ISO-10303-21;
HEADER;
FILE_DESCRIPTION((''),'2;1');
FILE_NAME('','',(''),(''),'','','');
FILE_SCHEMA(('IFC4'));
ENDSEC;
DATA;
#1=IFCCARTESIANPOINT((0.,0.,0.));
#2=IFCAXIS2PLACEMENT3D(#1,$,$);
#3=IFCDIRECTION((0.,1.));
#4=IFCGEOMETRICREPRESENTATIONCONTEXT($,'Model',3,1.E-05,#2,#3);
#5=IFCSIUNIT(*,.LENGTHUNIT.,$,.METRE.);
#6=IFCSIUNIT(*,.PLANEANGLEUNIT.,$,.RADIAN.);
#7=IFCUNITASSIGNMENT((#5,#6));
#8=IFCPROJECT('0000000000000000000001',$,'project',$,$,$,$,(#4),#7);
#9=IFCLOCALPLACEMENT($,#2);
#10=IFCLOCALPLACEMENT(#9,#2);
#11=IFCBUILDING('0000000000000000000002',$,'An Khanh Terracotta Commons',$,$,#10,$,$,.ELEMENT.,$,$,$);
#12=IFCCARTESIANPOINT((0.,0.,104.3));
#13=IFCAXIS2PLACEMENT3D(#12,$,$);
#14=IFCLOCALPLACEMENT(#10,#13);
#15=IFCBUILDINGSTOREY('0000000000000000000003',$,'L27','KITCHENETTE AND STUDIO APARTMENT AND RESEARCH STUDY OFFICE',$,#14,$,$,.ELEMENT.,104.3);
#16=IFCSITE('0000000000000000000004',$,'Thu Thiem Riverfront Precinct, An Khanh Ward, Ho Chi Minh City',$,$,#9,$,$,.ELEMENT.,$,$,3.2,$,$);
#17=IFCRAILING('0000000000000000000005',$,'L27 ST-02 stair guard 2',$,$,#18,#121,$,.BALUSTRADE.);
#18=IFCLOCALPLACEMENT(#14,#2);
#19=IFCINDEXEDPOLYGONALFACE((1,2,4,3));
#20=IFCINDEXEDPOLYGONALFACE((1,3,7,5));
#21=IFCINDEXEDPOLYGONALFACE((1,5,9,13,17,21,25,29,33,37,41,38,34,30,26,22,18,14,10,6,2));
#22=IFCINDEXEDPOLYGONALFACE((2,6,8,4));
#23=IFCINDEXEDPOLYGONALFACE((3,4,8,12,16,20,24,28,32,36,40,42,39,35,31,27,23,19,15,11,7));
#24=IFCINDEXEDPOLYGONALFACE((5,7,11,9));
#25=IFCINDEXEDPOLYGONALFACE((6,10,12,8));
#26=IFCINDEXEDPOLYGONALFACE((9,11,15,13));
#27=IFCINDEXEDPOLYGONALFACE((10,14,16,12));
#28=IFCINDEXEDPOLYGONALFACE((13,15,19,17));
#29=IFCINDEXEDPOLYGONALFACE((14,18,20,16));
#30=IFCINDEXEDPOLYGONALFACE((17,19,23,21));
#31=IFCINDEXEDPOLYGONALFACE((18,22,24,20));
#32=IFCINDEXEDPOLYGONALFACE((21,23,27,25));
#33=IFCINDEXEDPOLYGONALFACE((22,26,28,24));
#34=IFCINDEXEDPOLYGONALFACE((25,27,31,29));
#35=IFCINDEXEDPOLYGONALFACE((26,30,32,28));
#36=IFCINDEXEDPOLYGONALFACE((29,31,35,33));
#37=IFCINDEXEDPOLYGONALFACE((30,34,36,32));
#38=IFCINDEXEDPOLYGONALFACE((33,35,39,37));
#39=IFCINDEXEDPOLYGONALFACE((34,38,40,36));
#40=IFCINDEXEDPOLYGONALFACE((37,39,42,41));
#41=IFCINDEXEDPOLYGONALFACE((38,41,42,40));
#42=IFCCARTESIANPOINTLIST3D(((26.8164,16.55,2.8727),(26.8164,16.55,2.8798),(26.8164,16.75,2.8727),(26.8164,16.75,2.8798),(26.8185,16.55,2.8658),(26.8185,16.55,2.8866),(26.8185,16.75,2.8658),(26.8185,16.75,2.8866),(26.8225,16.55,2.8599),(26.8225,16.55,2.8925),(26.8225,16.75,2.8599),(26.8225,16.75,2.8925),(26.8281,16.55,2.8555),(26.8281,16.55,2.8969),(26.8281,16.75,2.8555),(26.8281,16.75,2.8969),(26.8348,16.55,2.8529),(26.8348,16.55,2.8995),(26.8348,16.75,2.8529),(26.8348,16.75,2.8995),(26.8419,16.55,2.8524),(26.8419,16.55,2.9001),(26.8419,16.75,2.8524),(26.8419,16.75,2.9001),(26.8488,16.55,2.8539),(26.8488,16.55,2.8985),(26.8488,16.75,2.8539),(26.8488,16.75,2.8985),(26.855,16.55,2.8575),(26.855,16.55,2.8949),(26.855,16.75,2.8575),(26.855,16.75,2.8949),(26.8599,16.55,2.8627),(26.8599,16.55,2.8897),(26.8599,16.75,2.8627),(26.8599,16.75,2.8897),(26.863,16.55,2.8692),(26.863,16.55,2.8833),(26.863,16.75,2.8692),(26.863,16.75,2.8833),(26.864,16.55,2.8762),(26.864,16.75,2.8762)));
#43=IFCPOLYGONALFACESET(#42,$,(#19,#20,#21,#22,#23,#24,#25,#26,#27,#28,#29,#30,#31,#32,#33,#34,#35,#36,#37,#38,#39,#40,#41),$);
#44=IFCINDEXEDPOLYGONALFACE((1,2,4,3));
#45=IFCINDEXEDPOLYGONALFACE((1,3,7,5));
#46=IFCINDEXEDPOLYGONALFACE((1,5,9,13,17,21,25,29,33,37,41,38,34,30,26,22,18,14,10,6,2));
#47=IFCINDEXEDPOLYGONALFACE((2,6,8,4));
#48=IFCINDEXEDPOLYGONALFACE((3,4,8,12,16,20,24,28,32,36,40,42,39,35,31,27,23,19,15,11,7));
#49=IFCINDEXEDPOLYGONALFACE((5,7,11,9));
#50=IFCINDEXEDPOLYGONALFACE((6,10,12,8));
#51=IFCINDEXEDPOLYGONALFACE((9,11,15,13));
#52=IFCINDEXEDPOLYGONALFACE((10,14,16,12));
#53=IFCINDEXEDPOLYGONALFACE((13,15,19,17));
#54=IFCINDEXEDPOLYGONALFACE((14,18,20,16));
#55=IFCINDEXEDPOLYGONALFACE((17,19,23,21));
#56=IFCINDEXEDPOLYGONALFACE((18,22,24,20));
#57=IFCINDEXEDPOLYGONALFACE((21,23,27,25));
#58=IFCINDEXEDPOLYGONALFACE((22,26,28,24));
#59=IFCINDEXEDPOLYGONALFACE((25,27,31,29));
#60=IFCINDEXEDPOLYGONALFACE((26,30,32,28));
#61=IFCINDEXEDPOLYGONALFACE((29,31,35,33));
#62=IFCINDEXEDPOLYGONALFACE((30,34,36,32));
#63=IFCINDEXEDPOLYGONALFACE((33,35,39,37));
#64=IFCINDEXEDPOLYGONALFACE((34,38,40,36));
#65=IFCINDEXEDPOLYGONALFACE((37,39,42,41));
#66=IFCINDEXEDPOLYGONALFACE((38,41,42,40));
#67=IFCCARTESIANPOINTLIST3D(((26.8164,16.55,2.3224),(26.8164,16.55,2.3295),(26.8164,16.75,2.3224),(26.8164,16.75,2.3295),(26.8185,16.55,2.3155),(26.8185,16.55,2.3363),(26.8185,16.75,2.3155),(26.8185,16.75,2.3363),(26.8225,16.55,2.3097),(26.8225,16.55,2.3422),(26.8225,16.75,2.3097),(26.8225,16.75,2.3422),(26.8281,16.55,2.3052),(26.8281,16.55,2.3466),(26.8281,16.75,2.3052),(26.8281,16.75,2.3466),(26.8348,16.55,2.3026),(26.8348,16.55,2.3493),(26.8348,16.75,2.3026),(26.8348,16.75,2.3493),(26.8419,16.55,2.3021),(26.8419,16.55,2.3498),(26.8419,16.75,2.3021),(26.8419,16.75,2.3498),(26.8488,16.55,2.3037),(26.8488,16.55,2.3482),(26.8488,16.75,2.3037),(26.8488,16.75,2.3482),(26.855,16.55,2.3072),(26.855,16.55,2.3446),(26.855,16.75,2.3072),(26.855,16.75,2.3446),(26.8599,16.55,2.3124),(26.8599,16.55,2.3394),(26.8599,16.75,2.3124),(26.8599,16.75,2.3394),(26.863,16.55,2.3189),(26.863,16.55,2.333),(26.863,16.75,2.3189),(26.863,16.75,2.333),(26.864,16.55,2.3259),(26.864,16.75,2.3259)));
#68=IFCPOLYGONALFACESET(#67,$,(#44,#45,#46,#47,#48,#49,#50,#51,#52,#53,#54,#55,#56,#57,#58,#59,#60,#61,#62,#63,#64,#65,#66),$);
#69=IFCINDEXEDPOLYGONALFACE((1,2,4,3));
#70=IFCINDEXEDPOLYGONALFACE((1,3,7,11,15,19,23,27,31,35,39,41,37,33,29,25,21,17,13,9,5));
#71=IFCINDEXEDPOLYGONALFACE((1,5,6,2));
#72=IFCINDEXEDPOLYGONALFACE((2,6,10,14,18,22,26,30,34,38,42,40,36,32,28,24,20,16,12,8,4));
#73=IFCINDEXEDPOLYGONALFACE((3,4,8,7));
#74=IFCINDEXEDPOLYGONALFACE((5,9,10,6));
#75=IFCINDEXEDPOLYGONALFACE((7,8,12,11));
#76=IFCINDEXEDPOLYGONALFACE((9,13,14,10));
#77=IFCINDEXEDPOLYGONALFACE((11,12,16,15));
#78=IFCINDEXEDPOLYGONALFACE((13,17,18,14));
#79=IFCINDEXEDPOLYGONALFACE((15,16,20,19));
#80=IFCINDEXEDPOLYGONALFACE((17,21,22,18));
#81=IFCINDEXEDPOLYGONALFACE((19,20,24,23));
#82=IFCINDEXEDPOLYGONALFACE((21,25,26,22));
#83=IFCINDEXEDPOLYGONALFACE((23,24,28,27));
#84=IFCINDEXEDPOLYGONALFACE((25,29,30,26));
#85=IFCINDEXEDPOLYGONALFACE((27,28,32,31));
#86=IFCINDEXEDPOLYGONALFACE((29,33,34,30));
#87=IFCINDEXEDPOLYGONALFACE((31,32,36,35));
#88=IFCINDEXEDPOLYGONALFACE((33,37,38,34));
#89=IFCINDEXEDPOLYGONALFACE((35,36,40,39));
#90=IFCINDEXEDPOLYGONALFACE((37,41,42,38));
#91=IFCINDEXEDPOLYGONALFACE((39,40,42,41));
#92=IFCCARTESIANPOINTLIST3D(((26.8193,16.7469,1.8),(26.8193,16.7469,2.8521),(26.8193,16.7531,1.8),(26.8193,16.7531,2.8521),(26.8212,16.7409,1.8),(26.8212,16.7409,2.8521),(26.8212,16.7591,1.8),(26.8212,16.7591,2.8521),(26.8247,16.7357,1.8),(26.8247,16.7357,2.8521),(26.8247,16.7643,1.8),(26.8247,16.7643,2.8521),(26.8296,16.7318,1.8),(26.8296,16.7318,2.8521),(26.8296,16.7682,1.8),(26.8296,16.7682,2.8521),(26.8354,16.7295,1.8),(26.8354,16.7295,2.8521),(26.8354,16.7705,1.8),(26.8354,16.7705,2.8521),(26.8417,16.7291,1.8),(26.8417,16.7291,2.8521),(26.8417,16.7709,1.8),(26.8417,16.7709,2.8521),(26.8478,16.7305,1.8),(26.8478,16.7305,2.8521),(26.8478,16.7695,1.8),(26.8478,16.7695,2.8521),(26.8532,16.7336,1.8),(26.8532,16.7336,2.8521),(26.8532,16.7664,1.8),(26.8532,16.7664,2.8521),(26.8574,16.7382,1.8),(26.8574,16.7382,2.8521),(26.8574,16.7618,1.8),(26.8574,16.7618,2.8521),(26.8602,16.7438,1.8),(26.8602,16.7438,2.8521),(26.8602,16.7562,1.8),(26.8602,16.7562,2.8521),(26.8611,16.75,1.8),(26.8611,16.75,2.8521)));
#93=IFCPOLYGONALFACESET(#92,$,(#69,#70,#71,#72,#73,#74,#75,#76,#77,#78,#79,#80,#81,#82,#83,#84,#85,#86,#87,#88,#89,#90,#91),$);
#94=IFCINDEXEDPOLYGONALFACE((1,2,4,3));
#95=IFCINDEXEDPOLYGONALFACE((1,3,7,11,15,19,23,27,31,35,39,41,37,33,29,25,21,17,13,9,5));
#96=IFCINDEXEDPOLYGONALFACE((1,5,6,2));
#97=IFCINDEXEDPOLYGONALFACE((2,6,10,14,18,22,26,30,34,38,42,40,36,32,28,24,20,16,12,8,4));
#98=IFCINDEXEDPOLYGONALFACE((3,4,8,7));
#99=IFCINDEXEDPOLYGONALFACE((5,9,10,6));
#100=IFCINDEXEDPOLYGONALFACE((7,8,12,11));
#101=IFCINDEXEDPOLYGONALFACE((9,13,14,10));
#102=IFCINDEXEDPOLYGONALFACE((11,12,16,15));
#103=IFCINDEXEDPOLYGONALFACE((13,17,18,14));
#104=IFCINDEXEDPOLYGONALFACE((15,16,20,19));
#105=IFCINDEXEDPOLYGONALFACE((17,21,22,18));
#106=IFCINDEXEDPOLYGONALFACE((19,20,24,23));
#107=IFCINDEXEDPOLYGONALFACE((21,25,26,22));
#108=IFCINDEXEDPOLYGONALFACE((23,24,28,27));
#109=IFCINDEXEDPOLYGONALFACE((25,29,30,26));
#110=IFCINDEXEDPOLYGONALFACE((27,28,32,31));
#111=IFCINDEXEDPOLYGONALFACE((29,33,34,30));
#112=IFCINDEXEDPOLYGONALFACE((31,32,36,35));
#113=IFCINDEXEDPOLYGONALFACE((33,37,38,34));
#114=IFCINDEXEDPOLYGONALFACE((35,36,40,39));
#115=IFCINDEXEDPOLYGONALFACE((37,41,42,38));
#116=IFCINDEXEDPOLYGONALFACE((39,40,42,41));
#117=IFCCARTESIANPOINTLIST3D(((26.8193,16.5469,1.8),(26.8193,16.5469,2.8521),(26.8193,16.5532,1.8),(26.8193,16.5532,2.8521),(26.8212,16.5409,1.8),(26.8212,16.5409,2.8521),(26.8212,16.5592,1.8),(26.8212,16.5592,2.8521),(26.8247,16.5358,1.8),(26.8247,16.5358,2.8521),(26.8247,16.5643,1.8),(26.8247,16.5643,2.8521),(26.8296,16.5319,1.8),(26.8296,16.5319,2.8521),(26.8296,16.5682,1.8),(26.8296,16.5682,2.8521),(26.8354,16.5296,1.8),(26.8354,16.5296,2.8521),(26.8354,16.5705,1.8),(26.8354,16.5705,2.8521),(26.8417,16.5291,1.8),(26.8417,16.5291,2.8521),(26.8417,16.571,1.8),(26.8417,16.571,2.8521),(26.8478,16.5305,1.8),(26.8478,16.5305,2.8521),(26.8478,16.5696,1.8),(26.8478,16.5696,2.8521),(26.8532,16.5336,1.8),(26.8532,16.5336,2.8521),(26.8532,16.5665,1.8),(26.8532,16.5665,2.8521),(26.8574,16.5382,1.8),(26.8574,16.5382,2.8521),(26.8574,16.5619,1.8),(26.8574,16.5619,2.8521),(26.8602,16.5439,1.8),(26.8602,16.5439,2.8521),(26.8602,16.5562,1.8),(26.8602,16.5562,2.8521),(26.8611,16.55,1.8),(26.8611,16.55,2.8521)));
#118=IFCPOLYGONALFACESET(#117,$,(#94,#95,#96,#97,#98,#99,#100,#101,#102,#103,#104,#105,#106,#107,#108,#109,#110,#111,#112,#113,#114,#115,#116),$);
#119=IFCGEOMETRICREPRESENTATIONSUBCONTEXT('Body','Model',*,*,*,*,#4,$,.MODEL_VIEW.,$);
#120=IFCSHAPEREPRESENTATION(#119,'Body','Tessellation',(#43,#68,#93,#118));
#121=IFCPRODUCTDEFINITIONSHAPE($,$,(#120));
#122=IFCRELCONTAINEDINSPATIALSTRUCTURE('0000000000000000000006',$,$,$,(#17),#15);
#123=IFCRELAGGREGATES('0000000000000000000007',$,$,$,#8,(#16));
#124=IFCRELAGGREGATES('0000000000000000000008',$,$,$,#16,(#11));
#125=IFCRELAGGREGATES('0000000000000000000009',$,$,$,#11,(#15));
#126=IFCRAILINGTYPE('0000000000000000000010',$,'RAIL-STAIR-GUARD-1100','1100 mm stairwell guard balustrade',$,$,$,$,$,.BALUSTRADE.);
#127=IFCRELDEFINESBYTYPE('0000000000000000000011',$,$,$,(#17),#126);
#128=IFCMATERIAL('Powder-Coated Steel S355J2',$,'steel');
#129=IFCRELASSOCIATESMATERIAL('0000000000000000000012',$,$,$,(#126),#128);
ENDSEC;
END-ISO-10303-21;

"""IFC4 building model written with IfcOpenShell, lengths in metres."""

from ifc_helpers import new_model, si_unit, direction, frame, origin, origin_2d, place, context, subcontext, project, spatial, circle, extrude, material, type_object, element, save


model = new_model("IFC4")

# Units and contexts
model_context = context("Model", 3, precision=1e-05, world=origin(), true_north=direction((0.0, 1.0)))
body_context = subcontext(model_context, "Body", "Model", "MODEL_VIEW")
ifc_project = project(units=[si_unit("LENGTHUNIT", "METRE"), si_unit("PLANEANGLEUNIT", "RADIAN")], contexts=[model_context])

# Site, building, storey
site_placement = place(None, origin())
site = spatial("IfcSite", under=ifc_project, at=site_placement, Name="Thu Thiem Riverfront Precinct, An Khanh Ward, Ho Chi Minh City", CompositionType="ELEMENT", RefElevation=3.2)
building_placement = place(site_placement, origin())
building = spatial("IfcBuilding", under=site, at=building_placement, Name="An Khanh Terracotta Commons", CompositionType="ELEMENT")
storey_placement = place(building_placement, frame((0.0, 0.0, 104.3)))
storey = spatial("IfcBuildingStorey", under=building, at=storey_placement, Name="L27", Description="KITCHENETTE AND STUDIO APARTMENT AND RESEARCH STUDY OFFICE", CompositionType="ELEMENT", Elevation=104.3)

# Railing
ifc_material_1 = material(Name="Powder-Coated Steel S355J2", Category="steel")
railing_type_1 = type_object("IfcRailingType", Name="RAIL-STAIR-GUARD-1100", Description="1100 mm stairwell guard balustrade", PredefinedType="BALUSTRADE", material=ifc_material_1)
railing_1_placement = place(storey_placement, frame((26.8401, 16.75, 1.8)))
element("IfcRailing", 1, at=railing_1_placement, inside=storey, type_object=railing_type_1, Name="L27 ST-02 stair guard 2", PredefinedType="BALUSTRADE", context=body_context, shape_type="SweptSolid", body=[
    extrude(circle(Radius=0.0239, at=origin_2d()), frame((0.0, 0.0, 1.0762), z_axis=(0.0, -1.0, 0.0), x_axis=(1.0, 0.0, 0.0)), (0.0, 0.0, 1.0), 0.2),
    extrude(circle(Radius=0.0239, at=origin_2d()), frame((0.0, 0.0, 0.5259), z_axis=(0.0, -1.0, 0.0), x_axis=(1.0, 0.0, 0.0)), (0.0, 0.0, 1.0), 0.2),
    extrude(circle(Radius=0.021, at=origin_2d()), origin(), (0.0, 0.0, 1.0), 1.052),
    extrude(circle(Radius=0.021, at=origin_2d()), frame((0.0, -0.2, 0.0)), (0.0, 0.0, 1.0), 1.052),
])

save(model, "model.ifc")
